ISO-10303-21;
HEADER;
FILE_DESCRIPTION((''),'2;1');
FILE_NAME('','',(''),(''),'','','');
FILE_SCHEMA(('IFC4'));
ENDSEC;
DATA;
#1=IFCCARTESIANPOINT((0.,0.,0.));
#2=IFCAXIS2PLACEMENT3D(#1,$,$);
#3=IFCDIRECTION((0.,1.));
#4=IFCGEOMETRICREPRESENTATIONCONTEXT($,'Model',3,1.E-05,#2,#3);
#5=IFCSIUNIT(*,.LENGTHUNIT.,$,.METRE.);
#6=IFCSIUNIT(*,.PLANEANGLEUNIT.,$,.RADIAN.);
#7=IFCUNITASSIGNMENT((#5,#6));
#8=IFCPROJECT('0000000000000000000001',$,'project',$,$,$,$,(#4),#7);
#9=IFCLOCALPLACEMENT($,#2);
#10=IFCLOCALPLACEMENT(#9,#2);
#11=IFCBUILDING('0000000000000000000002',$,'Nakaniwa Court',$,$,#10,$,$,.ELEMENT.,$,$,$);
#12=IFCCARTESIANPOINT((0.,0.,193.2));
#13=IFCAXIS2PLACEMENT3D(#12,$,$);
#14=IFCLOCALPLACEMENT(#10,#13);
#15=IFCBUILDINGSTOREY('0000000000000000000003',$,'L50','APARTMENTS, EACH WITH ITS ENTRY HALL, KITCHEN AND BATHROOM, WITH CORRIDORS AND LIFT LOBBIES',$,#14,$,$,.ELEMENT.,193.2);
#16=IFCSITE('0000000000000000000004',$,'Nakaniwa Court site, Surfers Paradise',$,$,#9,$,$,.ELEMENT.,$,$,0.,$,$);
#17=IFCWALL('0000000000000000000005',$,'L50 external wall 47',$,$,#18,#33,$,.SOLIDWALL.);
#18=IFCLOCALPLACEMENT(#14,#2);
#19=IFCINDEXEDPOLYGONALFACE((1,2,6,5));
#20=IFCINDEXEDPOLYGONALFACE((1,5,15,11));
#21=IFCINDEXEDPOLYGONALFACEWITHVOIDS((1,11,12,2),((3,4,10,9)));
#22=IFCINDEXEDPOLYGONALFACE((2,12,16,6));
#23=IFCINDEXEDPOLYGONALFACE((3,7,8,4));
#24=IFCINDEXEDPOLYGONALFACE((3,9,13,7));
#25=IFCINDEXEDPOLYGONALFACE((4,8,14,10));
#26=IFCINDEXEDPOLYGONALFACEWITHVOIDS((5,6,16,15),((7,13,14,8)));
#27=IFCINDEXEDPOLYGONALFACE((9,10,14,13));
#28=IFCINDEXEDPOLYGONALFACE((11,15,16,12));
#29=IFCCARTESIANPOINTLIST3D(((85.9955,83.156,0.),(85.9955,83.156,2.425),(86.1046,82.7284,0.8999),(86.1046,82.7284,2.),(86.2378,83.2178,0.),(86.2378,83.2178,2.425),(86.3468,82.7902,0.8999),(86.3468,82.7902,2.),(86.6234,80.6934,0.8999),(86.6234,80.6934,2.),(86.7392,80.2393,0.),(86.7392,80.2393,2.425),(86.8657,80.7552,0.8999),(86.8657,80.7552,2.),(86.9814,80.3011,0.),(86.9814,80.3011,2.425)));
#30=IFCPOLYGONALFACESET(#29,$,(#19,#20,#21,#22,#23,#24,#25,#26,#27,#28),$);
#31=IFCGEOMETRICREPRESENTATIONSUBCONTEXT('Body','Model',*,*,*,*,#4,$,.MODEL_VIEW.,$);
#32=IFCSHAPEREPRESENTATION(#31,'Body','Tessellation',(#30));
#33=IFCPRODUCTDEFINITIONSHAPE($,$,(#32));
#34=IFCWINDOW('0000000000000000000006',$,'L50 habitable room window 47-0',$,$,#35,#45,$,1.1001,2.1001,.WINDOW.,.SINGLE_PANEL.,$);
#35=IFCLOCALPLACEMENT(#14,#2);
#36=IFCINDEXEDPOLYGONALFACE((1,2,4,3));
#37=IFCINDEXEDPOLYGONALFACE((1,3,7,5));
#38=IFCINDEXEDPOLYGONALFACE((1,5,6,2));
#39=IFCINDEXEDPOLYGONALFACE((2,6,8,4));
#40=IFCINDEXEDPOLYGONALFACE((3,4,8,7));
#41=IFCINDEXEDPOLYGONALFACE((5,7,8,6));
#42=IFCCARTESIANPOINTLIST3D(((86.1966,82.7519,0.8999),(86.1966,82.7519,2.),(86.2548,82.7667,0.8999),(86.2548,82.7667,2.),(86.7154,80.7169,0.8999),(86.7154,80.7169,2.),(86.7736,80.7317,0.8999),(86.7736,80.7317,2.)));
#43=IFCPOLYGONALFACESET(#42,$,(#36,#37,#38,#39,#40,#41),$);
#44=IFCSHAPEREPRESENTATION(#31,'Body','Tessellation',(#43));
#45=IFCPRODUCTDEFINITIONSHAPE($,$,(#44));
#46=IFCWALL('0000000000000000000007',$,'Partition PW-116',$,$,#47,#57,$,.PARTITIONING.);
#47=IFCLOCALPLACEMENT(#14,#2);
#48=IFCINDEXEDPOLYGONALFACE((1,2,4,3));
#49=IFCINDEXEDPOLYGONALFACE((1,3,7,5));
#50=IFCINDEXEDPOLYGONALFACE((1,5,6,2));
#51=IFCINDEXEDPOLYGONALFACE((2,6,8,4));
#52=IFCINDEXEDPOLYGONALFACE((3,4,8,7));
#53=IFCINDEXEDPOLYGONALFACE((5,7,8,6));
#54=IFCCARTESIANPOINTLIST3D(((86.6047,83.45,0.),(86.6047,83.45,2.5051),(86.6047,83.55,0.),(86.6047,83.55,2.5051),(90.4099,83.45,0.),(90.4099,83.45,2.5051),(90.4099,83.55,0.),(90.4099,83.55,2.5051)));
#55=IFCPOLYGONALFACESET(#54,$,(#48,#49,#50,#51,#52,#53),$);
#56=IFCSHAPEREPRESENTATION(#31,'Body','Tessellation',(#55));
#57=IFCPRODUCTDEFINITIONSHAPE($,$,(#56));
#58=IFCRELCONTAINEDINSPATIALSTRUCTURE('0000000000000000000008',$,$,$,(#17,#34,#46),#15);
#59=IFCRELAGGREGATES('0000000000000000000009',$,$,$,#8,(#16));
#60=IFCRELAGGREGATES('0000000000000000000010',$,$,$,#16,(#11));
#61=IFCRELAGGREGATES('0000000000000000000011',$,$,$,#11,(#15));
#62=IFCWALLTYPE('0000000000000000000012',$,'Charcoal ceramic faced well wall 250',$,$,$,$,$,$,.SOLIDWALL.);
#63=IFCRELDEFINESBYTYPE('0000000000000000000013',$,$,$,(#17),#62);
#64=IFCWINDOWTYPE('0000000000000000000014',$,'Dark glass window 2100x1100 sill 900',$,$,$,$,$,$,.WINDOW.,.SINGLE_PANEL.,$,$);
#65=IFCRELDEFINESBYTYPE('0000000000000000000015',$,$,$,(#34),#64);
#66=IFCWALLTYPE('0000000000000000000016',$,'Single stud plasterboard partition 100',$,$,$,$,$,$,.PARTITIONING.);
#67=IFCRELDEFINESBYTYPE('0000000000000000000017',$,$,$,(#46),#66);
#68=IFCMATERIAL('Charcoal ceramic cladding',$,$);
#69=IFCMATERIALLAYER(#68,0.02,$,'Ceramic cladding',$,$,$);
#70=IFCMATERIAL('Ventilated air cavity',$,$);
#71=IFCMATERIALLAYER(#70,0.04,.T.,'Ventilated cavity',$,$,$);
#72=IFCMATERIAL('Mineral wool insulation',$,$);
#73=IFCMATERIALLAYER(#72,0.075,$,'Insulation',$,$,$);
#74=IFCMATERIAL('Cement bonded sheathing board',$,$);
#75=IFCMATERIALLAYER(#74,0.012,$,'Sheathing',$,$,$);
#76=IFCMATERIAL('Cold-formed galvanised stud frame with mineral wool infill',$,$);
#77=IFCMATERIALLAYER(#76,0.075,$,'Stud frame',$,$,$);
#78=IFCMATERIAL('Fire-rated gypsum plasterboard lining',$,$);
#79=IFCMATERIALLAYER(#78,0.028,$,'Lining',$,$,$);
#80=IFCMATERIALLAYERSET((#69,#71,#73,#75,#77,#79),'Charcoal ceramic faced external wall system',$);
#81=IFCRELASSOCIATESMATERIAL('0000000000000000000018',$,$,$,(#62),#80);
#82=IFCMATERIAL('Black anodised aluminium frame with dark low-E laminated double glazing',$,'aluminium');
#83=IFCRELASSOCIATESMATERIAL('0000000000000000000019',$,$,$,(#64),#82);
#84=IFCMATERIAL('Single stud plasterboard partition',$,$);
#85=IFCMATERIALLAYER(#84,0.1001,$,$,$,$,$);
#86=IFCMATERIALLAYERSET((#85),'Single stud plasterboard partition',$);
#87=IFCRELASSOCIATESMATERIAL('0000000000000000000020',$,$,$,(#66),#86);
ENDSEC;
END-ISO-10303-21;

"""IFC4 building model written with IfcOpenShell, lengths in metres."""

from ifc_helpers import new_model, si_unit, direction, frame, frame_2d, origin, place, context, subcontext, project, spatial, rectangle, extrude, material, layer, layer_set, type_object, element, fill, save


model = new_model("IFC4")

# Units and contexts
model_context = context("Model", 3, precision=1e-05, world=origin(), true_north=direction((0.0, 1.0)))
body_context = subcontext(model_context, "Body", "Model", "MODEL_VIEW")
ifc_project = project(units=[si_unit("LENGTHUNIT", "METRE"), si_unit("PLANEANGLEUNIT", "RADIAN")], contexts=[model_context])

# Site, building, storey
site_placement = place(None, origin())
site = spatial("IfcSite", under=ifc_project, at=site_placement, Name="Nakaniwa Court site, Surfers Paradise", CompositionType="ELEMENT", RefElevation=0.0)
building_placement = place(site_placement, origin())
building = spatial("IfcBuilding", under=site, at=building_placement, Name="Nakaniwa Court", CompositionType="ELEMENT")
storey_placement = place(building_placement, frame((0.0, 0.0, 193.2)))
storey = spatial("IfcBuildingStorey", under=building, at=storey_placement, Name="L50", Description="APARTMENTS, EACH WITH ITS ENTRY HALL, KITCHEN AND BATHROOM, WITH CORRIDORS AND LIFT LOBBIES", CompositionType="ELEMENT", Elevation=193.2)

# Wall, opening, window
ifc_material_1 = material(Name="Charcoal ceramic cladding")
ifc_layer_1 = layer(ifc_material_1, 0.02, Name="Ceramic cladding")
ifc_material_2 = material(Name="Ventilated air cavity")
ifc_layer_2 = layer(ifc_material_2, 0.04, ventilated=True, Name="Ventilated cavity")
ifc_material_3 = material(Name="Mineral wool insulation")
ifc_layer_3 = layer(ifc_material_3, 0.075, Name="Insulation")
ifc_material_4 = material(Name="Cement bonded sheathing board")
ifc_layer_4 = layer(ifc_material_4, 0.012, Name="Sheathing")
ifc_material_5 = material(Name="Cold-formed galvanised stud frame with mineral wool infill")
ifc_layer_5 = layer(ifc_material_5, 0.075, Name="Stud frame")
ifc_material_6 = material(Name="Fire-rated gypsum plasterboard lining")
ifc_layer_6 = layer(ifc_material_6, 0.028, Name="Lining")
ifc_layer_set_1 = layer_set([ifc_layer_1, ifc_layer_2, ifc_layer_3, ifc_layer_4, ifc_layer_5, ifc_layer_6], Name="Charcoal ceramic faced external wall system")
wall_type_1 = type_object("IfcWallType", Name="Charcoal ceramic faced well wall 250", PredefinedType="SOLIDWALL", material=ifc_layer_set_1)
ifc_material_7 = material(Name="Black anodised aluminium frame with dark low-E laminated double glazing", Category="aluminium")
window_type = type_object("IfcWindowType", Name="Dark glass window 2100x1100 sill 900", PartitioningType="SINGLE_PANEL", PredefinedType="WINDOW", material=ifc_material_7)
wall_1_placement = place(storey_placement, frame((86.1167, 83.1868, 0.0), z_axis=(0.0, 0.0, 1.0), x_axis=(0.247056, -0.969001, 0.0)))
wall_1 = element("IfcWall", 1, at=wall_1_placement, inside=storey, type_object=wall_type_1, Name="L50 external wall 47", PredefinedType="SOLIDWALL", context=body_context, shape_type="SweptSolid", body=[
    extrude(rectangle(XDim=3.01, YDim=0.25, at=frame_2d((1.5049, 0.0))), origin(), (0.0, 0.0, 1.0), 2.425),
])
opening_1_placement = place(wall_1_placement, frame((0.4412, 0.0, 0.8999)))
opening_1 = element("IfcOpeningElement", 2, at=opening_1_placement, cuts=wall_1, PredefinedType="OPENING", context=body_context, shape_type="SweptSolid", body=[
    extrude(rectangle(XDim=2.1001, YDim=1.1001, at=frame_2d((1.05, 0.55))), frame((0.0, 0.135, 0.0), z_axis=(0.0, -1.0, 0.0), x_axis=(1.0, 0.0, 0.0)), (0.0, 0.0, 1.0), 0.27),
])
window_1_placement = place(opening_1_placement, origin())
window_1 = element("IfcWindow", 3, at=window_1_placement, inside=storey, type_object=window_type, Name="L50 habitable room window 47-0", OverallHeight=1.1001, OverallWidth=2.1001, PartitioningType="SINGLE_PANEL", PredefinedType="WINDOW", context=body_context, shape_type="SweptSolid", body=[
    extrude(rectangle(XDim=2.1001, YDim=1.1001, at=frame_2d((1.05, 0.55))), frame((0.0, 0.03, 0.0), z_axis=(0.0, -1.0, 0.0), x_axis=(1.0, 0.0, 0.0)), (0.0, 0.0, 1.0), 0.0601),
])
fill(opening_1, window_1)

# Wall
ifc_material_8 = material(Name="Single stud plasterboard partition")
ifc_layer_7 = layer(ifc_material_8, 0.1001)
ifc_layer_set_2 = layer_set([ifc_layer_7], Name="Single stud plasterboard partition")
wall_type_2 = type_object("IfcWallType", Name="Single stud plasterboard partition 100", PredefinedType="PARTITIONING", material=ifc_layer_set_2)
wall_2_placement = place(storey_placement, frame((86.6047, 83.5, 0.0), z_axis=(0.0, 0.0, 1.0), x_axis=(1.0, 0.0, 0.0)))
element("IfcWall", 4, at=wall_2_placement, inside=storey, type_object=wall_type_2, Name="Partition PW-116", PredefinedType="PARTITIONING", context=body_context, shape_type="SweptSolid", body=[
    extrude(rectangle(XDim=3.8052, YDim=0.1001, at=frame_2d((1.9026, 0.0))), origin(), (0.0, 0.0, 1.0), 2.5051),
])

save(model, "model.ifc")
